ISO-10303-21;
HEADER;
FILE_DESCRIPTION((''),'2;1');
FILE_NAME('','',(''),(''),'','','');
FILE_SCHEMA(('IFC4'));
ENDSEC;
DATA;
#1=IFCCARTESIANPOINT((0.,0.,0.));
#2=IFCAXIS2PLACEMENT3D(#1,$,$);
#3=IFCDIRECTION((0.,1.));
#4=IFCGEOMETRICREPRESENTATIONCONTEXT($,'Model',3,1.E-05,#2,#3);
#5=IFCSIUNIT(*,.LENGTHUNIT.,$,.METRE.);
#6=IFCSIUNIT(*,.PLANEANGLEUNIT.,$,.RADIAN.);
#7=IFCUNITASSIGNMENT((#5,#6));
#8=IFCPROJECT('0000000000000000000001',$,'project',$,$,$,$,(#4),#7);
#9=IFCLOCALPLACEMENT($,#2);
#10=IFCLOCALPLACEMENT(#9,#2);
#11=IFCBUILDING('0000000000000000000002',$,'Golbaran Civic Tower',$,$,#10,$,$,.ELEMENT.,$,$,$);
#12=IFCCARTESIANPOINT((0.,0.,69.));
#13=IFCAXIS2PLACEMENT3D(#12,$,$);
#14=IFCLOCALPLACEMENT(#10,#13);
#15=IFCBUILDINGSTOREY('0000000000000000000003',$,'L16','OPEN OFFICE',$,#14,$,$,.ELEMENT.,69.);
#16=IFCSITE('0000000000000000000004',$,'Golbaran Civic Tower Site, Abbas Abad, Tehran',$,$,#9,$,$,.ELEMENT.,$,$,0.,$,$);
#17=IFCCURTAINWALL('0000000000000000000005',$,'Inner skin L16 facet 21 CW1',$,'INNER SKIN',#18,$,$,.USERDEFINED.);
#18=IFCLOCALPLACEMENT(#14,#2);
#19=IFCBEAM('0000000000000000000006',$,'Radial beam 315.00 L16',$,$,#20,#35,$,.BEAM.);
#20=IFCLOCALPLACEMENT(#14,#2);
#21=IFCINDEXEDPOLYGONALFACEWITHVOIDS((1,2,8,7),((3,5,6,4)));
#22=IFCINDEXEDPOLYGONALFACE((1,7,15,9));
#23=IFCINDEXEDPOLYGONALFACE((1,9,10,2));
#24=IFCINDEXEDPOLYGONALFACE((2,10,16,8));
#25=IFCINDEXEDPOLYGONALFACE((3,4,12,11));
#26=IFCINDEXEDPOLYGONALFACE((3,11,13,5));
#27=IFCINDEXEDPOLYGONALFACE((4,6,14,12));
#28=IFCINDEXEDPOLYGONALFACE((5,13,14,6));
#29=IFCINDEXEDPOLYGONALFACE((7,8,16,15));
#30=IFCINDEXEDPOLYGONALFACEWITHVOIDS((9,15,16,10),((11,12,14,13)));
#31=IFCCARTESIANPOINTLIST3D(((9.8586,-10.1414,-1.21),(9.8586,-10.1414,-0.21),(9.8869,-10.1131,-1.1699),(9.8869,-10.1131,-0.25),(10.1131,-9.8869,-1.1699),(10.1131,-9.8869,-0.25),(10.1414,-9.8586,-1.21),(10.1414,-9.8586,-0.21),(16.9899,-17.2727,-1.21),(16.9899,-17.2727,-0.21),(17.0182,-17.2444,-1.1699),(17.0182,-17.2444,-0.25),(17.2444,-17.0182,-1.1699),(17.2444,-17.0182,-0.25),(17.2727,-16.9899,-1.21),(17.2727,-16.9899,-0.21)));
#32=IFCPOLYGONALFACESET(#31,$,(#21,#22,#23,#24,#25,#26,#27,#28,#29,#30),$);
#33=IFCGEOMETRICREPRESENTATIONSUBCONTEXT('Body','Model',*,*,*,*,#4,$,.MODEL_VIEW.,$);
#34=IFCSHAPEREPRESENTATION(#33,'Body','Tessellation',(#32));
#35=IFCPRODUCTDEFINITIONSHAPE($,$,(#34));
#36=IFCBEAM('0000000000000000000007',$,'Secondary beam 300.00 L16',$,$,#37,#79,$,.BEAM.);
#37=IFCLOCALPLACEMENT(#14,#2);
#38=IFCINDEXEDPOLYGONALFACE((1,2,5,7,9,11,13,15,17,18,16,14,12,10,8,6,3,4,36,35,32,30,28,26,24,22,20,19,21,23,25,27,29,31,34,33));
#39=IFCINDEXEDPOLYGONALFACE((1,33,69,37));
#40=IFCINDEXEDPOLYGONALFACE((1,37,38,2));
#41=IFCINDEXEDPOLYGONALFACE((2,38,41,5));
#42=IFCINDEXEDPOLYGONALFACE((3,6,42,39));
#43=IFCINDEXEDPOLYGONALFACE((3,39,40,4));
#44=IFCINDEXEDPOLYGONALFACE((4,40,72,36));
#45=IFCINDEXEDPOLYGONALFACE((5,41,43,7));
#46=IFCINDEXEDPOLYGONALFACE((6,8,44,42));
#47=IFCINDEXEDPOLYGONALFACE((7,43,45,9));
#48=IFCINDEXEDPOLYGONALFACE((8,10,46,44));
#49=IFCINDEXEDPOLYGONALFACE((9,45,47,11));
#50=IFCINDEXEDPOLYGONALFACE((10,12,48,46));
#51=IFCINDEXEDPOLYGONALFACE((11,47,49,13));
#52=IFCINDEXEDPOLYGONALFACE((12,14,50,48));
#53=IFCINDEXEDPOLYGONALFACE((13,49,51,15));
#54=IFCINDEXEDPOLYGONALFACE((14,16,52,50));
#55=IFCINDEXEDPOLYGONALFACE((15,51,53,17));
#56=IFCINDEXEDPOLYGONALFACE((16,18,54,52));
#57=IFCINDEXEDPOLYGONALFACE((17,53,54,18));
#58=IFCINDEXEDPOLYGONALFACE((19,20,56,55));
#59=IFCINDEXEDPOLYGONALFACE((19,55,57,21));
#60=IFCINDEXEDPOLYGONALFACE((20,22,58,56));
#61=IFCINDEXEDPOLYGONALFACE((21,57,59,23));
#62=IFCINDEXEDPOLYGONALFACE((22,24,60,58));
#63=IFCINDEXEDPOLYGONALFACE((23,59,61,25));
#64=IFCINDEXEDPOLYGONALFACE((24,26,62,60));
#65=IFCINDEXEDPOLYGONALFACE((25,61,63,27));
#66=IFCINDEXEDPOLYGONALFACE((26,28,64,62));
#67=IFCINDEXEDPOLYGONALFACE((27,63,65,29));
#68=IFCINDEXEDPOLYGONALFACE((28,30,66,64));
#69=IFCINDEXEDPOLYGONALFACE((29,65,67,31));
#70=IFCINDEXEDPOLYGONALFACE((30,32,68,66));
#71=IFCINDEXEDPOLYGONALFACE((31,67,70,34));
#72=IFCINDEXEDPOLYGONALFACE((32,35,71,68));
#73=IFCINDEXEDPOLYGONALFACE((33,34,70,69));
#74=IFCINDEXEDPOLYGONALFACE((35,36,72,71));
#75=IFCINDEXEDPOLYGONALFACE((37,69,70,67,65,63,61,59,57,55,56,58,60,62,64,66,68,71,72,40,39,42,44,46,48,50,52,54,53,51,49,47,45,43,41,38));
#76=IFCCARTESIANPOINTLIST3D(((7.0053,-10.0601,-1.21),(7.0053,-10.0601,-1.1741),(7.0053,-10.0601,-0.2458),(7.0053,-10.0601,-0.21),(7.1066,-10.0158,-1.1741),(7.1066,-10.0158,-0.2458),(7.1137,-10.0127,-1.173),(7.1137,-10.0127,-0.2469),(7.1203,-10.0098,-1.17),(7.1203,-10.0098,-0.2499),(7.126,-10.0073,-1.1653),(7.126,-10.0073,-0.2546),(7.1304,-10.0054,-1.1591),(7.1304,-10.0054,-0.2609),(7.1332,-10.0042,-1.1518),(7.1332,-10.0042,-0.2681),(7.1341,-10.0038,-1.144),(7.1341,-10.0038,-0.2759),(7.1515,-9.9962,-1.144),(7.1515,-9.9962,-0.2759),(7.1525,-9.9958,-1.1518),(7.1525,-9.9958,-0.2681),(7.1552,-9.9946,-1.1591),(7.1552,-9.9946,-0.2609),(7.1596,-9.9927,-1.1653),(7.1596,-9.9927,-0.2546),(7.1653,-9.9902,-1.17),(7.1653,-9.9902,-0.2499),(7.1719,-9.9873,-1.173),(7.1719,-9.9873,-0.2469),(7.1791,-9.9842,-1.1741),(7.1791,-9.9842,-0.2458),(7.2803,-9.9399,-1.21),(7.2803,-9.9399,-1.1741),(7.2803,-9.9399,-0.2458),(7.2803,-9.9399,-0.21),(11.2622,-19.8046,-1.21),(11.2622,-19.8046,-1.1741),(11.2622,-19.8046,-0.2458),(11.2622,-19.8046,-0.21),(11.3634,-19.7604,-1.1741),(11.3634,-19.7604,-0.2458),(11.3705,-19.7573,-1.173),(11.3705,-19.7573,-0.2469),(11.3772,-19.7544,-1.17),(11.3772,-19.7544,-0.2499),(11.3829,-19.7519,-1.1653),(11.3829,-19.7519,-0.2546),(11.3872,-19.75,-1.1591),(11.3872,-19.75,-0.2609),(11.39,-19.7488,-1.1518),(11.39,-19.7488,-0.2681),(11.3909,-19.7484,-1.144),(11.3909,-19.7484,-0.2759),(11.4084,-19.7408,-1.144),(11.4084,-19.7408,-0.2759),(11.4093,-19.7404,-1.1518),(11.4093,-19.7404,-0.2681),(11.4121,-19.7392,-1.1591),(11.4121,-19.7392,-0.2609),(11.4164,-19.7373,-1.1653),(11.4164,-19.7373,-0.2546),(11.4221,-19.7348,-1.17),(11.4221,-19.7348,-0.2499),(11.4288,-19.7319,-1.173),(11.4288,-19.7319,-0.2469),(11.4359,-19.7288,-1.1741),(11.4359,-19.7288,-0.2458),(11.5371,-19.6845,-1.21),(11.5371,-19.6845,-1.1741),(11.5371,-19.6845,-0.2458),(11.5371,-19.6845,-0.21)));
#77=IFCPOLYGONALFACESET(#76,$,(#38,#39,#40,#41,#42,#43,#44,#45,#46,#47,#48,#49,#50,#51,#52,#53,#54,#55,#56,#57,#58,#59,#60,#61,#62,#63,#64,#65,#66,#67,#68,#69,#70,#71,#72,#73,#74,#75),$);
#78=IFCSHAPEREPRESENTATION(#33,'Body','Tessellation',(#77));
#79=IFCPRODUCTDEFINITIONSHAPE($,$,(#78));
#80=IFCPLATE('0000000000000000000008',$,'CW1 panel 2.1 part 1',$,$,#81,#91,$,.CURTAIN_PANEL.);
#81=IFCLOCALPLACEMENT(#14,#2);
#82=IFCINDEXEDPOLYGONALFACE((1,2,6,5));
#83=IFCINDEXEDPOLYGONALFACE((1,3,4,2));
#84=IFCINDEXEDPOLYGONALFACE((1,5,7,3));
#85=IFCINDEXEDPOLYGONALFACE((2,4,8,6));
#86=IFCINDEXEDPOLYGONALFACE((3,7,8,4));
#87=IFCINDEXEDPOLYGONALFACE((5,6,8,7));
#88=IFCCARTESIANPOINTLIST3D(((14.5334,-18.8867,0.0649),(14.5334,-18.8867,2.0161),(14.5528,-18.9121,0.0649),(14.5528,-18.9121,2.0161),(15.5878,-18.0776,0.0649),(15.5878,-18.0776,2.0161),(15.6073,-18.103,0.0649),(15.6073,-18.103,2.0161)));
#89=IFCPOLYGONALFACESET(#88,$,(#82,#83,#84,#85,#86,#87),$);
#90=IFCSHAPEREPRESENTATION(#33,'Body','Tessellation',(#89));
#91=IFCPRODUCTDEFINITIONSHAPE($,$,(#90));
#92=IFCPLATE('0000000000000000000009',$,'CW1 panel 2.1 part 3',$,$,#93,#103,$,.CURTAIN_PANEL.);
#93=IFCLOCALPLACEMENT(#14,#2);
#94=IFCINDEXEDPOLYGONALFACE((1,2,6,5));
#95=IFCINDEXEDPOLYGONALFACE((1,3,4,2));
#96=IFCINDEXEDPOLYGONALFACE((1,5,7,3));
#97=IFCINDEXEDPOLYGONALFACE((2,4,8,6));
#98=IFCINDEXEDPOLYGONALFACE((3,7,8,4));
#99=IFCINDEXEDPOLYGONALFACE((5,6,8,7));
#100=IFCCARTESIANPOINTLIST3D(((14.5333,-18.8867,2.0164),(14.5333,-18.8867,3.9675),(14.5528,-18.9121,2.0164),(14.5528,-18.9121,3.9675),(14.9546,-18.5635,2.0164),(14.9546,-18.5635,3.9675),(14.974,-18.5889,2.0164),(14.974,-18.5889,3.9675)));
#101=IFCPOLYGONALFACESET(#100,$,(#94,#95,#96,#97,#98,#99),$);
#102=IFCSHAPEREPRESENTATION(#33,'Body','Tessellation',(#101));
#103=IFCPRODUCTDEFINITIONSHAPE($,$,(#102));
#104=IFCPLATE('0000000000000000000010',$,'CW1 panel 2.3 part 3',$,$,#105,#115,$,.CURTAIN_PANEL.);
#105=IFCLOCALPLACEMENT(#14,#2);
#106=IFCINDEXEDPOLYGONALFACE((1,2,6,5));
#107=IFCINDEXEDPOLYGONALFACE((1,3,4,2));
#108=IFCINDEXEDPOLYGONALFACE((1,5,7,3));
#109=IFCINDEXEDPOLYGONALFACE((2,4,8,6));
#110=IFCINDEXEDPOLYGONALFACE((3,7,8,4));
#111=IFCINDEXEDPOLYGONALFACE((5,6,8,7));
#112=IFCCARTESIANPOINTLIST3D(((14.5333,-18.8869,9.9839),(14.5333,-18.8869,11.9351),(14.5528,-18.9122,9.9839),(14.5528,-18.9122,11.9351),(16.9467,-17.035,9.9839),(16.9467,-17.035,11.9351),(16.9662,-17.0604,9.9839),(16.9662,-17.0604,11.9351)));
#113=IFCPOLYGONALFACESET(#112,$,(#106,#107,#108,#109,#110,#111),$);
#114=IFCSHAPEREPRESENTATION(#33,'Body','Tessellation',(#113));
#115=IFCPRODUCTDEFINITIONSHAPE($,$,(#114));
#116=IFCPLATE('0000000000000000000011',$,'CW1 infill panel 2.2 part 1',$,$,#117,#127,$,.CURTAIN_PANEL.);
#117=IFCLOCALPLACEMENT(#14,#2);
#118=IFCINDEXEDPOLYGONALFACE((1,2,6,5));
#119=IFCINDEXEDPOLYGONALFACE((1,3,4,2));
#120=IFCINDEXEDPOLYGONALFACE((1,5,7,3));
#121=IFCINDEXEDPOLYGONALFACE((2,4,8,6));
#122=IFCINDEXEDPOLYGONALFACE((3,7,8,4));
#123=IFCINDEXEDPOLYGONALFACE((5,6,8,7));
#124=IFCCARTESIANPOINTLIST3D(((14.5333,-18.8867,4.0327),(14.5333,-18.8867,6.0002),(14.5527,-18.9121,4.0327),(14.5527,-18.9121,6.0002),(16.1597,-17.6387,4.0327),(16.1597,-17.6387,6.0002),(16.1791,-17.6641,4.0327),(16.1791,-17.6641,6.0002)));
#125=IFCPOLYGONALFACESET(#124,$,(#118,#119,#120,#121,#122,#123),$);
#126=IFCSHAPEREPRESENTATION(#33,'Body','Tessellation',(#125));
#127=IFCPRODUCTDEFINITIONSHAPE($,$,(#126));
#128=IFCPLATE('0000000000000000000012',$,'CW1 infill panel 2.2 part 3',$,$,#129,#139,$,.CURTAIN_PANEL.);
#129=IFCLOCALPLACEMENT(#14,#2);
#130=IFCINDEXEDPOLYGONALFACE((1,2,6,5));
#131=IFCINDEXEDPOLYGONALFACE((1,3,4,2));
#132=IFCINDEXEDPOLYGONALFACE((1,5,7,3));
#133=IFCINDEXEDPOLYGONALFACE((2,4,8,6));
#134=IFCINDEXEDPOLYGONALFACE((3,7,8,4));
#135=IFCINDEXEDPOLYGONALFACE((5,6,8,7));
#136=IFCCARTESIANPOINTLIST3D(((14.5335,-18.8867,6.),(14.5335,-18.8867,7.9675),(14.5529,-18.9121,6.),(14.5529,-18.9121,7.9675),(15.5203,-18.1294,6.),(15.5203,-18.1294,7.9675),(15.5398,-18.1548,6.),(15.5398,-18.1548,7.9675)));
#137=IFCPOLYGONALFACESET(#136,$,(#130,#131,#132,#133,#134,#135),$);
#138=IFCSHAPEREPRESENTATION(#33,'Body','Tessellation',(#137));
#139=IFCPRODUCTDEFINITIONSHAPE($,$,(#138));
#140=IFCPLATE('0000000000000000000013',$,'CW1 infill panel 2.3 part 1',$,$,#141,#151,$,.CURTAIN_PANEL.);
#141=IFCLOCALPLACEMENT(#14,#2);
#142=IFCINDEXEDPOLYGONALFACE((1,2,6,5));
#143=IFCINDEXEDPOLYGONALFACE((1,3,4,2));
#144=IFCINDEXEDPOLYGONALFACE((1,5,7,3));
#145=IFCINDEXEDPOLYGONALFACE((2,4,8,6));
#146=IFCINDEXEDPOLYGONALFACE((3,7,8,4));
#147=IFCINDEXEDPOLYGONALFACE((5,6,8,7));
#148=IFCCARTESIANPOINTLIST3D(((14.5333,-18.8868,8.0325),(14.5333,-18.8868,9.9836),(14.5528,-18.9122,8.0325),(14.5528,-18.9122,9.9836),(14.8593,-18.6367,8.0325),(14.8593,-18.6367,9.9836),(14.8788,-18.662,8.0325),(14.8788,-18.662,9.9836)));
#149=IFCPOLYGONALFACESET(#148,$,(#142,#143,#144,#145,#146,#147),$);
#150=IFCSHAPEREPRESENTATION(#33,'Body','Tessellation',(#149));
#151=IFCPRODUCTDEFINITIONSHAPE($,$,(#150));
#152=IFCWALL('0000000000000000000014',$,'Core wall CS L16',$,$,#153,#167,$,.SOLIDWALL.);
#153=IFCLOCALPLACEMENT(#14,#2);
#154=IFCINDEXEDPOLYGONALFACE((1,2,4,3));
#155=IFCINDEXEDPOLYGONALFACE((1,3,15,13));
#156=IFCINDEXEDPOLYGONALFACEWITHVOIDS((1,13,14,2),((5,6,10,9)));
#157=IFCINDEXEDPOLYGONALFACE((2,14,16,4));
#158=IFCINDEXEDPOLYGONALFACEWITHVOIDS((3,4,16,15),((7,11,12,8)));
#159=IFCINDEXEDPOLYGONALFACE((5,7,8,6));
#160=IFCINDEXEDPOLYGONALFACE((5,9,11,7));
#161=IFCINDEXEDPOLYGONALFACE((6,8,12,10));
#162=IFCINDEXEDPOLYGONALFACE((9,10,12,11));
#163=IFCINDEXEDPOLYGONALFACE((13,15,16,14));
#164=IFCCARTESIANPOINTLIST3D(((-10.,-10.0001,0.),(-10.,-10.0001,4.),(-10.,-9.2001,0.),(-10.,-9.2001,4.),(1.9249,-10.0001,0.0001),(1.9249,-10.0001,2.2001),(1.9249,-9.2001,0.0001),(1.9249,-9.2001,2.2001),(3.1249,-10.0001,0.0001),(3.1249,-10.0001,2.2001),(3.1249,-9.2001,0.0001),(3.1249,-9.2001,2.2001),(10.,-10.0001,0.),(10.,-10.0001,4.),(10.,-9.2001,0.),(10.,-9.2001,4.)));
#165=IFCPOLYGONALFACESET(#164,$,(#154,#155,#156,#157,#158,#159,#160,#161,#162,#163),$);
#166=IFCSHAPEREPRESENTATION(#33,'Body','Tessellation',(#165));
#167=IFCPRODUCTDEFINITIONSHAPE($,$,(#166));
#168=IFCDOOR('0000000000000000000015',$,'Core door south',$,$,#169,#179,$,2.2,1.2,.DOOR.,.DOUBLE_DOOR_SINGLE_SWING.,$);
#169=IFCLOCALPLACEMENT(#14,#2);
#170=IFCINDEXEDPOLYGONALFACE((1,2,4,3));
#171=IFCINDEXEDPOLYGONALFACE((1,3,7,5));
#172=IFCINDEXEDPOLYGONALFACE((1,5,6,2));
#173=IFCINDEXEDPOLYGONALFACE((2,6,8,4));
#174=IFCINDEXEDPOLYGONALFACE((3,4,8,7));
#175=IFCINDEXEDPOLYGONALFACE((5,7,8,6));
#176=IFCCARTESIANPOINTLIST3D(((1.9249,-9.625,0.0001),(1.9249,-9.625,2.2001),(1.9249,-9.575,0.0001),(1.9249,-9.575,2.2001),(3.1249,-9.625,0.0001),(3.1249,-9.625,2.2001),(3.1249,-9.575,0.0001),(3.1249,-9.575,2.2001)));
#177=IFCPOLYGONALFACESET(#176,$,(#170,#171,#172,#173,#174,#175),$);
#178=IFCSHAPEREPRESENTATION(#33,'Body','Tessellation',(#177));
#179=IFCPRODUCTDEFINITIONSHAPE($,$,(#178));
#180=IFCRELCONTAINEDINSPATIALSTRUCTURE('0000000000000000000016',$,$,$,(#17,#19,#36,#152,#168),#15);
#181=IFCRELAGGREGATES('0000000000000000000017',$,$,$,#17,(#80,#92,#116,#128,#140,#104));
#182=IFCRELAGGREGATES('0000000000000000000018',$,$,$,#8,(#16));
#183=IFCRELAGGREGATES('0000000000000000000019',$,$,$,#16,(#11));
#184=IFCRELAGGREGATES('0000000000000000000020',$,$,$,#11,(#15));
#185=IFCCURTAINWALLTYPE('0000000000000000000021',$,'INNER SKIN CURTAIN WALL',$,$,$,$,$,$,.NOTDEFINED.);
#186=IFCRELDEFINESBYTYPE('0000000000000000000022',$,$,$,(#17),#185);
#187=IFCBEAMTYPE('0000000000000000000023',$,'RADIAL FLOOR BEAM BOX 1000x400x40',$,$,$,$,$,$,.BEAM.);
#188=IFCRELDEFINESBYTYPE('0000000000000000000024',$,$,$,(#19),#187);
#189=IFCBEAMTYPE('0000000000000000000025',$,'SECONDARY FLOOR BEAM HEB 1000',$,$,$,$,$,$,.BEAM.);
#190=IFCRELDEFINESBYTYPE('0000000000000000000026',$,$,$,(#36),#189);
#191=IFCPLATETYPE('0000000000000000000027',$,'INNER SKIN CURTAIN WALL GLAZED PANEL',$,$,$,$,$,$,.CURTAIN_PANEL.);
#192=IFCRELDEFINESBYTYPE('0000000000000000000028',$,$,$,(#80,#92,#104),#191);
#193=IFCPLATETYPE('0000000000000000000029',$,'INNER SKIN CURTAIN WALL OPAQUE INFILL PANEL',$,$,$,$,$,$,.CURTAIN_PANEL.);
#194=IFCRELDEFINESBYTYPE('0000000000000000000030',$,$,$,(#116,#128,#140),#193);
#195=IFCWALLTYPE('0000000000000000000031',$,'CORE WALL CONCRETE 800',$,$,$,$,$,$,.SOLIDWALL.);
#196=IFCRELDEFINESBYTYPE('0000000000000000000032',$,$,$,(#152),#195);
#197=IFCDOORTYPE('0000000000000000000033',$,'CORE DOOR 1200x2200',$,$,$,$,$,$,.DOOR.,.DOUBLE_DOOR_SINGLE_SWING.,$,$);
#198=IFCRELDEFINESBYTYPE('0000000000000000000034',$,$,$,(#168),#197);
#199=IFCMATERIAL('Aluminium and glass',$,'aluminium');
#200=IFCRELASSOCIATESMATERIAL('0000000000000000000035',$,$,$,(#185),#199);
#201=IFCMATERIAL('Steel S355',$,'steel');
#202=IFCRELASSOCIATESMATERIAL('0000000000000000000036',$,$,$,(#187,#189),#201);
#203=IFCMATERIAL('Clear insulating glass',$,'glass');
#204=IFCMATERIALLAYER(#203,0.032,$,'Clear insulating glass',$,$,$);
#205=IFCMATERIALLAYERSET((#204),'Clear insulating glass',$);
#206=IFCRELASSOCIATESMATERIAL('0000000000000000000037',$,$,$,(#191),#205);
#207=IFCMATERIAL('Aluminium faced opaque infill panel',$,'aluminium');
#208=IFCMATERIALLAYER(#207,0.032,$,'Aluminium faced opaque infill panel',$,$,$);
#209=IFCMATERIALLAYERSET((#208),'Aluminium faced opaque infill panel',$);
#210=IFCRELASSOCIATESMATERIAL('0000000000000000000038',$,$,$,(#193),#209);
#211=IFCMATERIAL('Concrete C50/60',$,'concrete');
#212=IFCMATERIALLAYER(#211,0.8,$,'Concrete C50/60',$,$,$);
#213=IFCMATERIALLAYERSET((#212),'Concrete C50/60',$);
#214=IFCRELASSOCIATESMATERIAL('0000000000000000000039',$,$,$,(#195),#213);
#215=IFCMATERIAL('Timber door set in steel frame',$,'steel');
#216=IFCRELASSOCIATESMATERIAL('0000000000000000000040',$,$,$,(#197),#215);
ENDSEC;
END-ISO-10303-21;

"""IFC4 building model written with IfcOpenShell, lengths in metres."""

from ifc_helpers import new_model, si_unit, direction, frame, frame_2d, origin, origin_2d, place, context, subcontext, project, spatial, rectangle, hollow_rectangle, i_section, extrude, material, layer, layer_set, material_profile, profile_set, type_object, element, fill, aggregate, save


model = new_model("IFC4")

# Units and contexts
model_context = context("Model", 3, precision=1e-05, world=origin(), true_north=direction((0.0, 1.0)))
body_context = subcontext(model_context, "Body", "Model", "MODEL_VIEW")
ifc_project = project(units=[si_unit("LENGTHUNIT", "METRE"), si_unit("PLANEANGLEUNIT", "RADIAN")], contexts=[model_context])

# Site, building, storey
site_placement = place(None, origin())
site = spatial("IfcSite", under=ifc_project, at=site_placement, Name="Golbaran Civic Tower Site, Abbas Abad, Tehran", CompositionType="ELEMENT", RefElevation=0.0)
building_placement = place(site_placement, origin())
building = spatial("IfcBuilding", under=site, at=building_placement, Name="Golbaran Civic Tower", CompositionType="ELEMENT")
storey_placement = place(building_placement, frame((0.0, 0.0, 69.0)))
storey = spatial("IfcBuildingStorey", under=building, at=storey_placement, Name="L16", Description="OPEN OFFICE", CompositionType="ELEMENT", Elevation=69.0)

# Shared definitions
ifc_material_1 = material(Name="Steel S355", Category="steel")

# Curtain wall
ifc_material_2 = material(Name="Aluminium and glass", Category="aluminium")
curtain_wall_type = type_object("IfcCurtainWallType", Name="INNER SKIN CURTAIN WALL", PredefinedType="NOTDEFINED", material=ifc_material_2)
curtain_wall_placement = place(storey_placement, origin())
curtain_wall = element("IfcCurtainWall", 1, at=curtain_wall_placement, inside=storey, type_object=curtain_wall_type, Name="Inner skin L16 facet 21 CW1", ObjectType="INNER SKIN", PredefinedType="USERDEFINED")

# Beams
ifc_material_profile_1 = material_profile(ifc_material_1, hollow_rectangle(XDim=0.3999, YDim=1.0, WallThickness=0.04, at=origin_2d()), Name="BOX 1000x400x40")
ifc_profile_set_1 = profile_set([ifc_material_profile_1], Name="Steel S355")
beam_type_1 = type_object("IfcBeamType", Name="RADIAL FLOOR BEAM BOX 1000x400x40", PredefinedType="BEAM", material=ifc_profile_set_1)
beam_1_placement = place(storey_placement, frame((10.0, -10.0, -0.71), z_axis=(0.707107, -0.707107, 0.0), x_axis=(0.707107, 0.707107, 0.0)))
element("IfcBeam", 2, at=beam_1_placement, inside=storey, type_object=beam_type_1, Name="Radial beam 315.00 L16", PredefinedType="BEAM", context=body_context, shape_type="SweptSolid", body=[
    extrude(hollow_rectangle(XDim=0.3999, YDim=1.0, WallThickness=0.04, at=origin_2d()), origin(), (0.0, 0.0, 1.0), 10.0852),
])
ifc_material_profile_2 = material_profile(ifc_material_1, i_section(OverallWidth=0.3, OverallDepth=1.0, WebThickness=0.019, FlangeThickness=0.0359, FilletRadius=0.03, at=origin_2d()), Name="HEB 1000")
ifc_profile_set_2 = profile_set([ifc_material_profile_2], Name="Steel S355")
beam_type_2 = type_object("IfcBeamType", Name="SECONDARY FLOOR BEAM HEB 1000", PredefinedType="BEAM", material=ifc_profile_set_2)
beam_2_placement = place(storey_placement, frame((7.1428, -10.0, -0.71), z_axis=(0.400311, -0.91638, 0.0), x_axis=(0.91638, 0.400311, 0.0)))
element("IfcBeam", 3, at=beam_2_placement, inside=storey, type_object=beam_type_2, Name="Secondary beam 300.00 L16", PredefinedType="BEAM", context=body_context, shape_type="SweptSolid", body=[
    extrude(i_section(OverallWidth=0.3, OverallDepth=1.0, WebThickness=0.019, FlangeThickness=0.0359, FilletRadius=0.03, at=origin_2d()), origin(), (0.0, 0.0, 1.0), 10.6338),
])

# Plates
ifc_material_3 = material(Name="Clear insulating glass", Category="glass")
ifc_layer_1 = layer(ifc_material_3, 0.032, Name="Clear insulating glass")
ifc_layer_set_1 = layer_set([ifc_layer_1], Name="Clear insulating glass")
plate_type_1 = type_object("IfcPlateType", Name="INNER SKIN CURTAIN WALL GLAZED PANEL", PredefinedType="CURTAIN_PANEL", material=ifc_layer_set_1)
plate_1_placement = place(storey_placement, frame((15.0703, -18.4949, 0.0649), z_axis=(0.0, 0.0, 1.0), x_axis=(0.793353, 0.608761, 0.0)))
plate_1 = element("IfcPlate", 4, at=plate_1_placement, type_object=plate_type_1, Name="CW1 panel 2.1 part 1", PredefinedType="CURTAIN_PANEL", context=body_context, shape_type="SweptSolid", body=[
    extrude(rectangle(XDim=1.3291, YDim=0.032, at=origin_2d()), origin(), (0.0, 0.0, 1.0), 1.9512),
])
plate_2_placement = place(storey_placement, frame((14.7537, -18.7378, 2.0164), z_axis=(0.0, 0.0, 1.0), x_axis=(0.793353, 0.608761, 0.0)))
plate_2 = element("IfcPlate", 5, at=plate_2_placement, type_object=plate_type_1, Name="CW1 panel 2.1 part 3", PredefinedType="CURTAIN_PANEL", context=body_context, shape_type="SweptSolid", body=[
    extrude(rectangle(XDim=0.531, YDim=0.032, at=origin_2d()), origin(), (0.0, 0.0, 1.0), 1.9512),
])
plate_3_placement = place(storey_placement, frame((15.7498, -17.9736, 9.9839), z_axis=(0.0, 0.0, 1.0), x_axis=(0.793353, 0.608761, 0.0)))
plate_3 = element("IfcPlate", 6, at=plate_3_placement, type_object=plate_type_1, Name="CW1 panel 2.3 part 3", PredefinedType="CURTAIN_PANEL", context=body_context, shape_type="SweptSolid", body=[
    extrude(rectangle(XDim=3.042, YDim=0.032, at=origin_2d()), origin(), (0.0, 0.0, 1.0), 1.9512),
])
ifc_material_4 = material(Name="Aluminium faced opaque infill panel", Category="aluminium")
ifc_layer_2 = layer(ifc_material_4, 0.032, Name="Aluminium faced opaque infill panel")
ifc_layer_set_2 = layer_set([ifc_layer_2], Name="Aluminium faced opaque infill panel")
plate_type_2 = type_object("IfcPlateType", Name="INNER SKIN CURTAIN WALL OPAQUE INFILL PANEL", PredefinedType="CURTAIN_PANEL", material=ifc_layer_set_2)
plate_4_placement = place(storey_placement, frame((15.3562, -18.2754, 4.0327), z_axis=(0.0, 0.0, 1.0), x_axis=(0.793353, 0.608761, 0.0)))
plate_4 = element("IfcPlate", 7, at=plate_4_placement, type_object=plate_type_2, Name="CW1 infill panel 2.2 part 1", PredefinedType="CURTAIN_PANEL", context=body_context, shape_type="SweptSolid", body=[
    extrude(rectangle(XDim=2.05, YDim=0.032, at=origin_2d()), origin(), (0.0, 0.0, 1.0), 1.9675),
])
plate_5_placement = place(storey_placement, frame((15.0366, -18.5208, 6.0), z_axis=(0.0, 0.0, 1.0), x_axis=(0.793353, 0.608761, 0.0)))
plate_5 = element("IfcPlate", 8, at=plate_5_placement, type_object=plate_type_2, Name="CW1 infill panel 2.2 part 3", PredefinedType="CURTAIN_PANEL", context=body_context, shape_type="SweptSolid", body=[
    extrude(rectangle(XDim=1.2439, YDim=0.032, at=origin_2d()), origin(), (0.0, 0.0, 1.0), 1.9675),
])
plate_6_placement = place(storey_placement, frame((14.7061, -18.7744, 8.0325), z_axis=(0.0, 0.0, 1.0), x_axis=(0.793353, 0.608761, 0.0)))
plate_6 = element("IfcPlate", 9, at=plate_6_placement, type_object=plate_type_2, Name="CW1 infill panel 2.3 part 1", PredefinedType="CURTAIN_PANEL", context=body_context, shape_type="SweptSolid", body=[
    extrude(rectangle(XDim=0.4109, YDim=0.032, at=origin_2d()), origin(), (0.0, 0.0, 1.0), 1.9512),
])
aggregate(curtain_wall, [plate_1, plate_2, plate_4, plate_5, plate_6, plate_3])

# Wall, opening, door
ifc_material_5 = material(Name="Concrete C50/60", Category="concrete")
ifc_layer_3 = layer(ifc_material_5, 0.8, Name="Concrete C50/60")
ifc_layer_set_3 = layer_set([ifc_layer_3], Name="Concrete C50/60")
wall_type_1 = type_object("IfcWallType", Name="CORE WALL CONCRETE 800", PredefinedType="SOLIDWALL", material=ifc_layer_set_3)
wall_1_placement = place(storey_placement, frame((10.0, -9.6001, 0.0), z_axis=(0.0, 0.0, 1.0), x_axis=(-1.0, 0.0, 0.0)))
wall_1 = element("IfcWall", 10, at=wall_1_placement, inside=storey, type_object=wall_type_1, Name="Core wall CS L16", PredefinedType="SOLIDWALL", context=body_context, shape_type="SweptSolid", body=[
    extrude(rectangle(XDim=20.0, YDim=0.8, at=frame_2d((10.0, 0.0))), origin(), (0.0, 0.0, 1.0), 4.0),
])
opening_1_placement = place(wall_1_placement, frame((6.875, 0.0, 0.0)))
opening_1 = element("IfcOpeningElement", 11, at=opening_1_placement, cuts=wall_1, PredefinedType="OPENING", context=body_context, shape_type="SweptSolid", body=[
    extrude(rectangle(XDim=1.2, YDim=2.2, at=frame_2d((0.6001, 1.1001))), frame((0.0, 0.4099, 0.0), z_axis=(0.0, -1.0, 0.0), x_axis=(1.0, 0.0, 0.0)), (0.0, 0.0, 1.0), 0.8201),
])
ifc_material_6 = material(Name="Timber door set in steel frame", Category="steel")
door_type_1 = type_object("IfcDoorType", Name="CORE DOOR 1200x2200", OperationType="DOUBLE_DOOR_SINGLE_SWING", PredefinedType="DOOR", material=ifc_material_6)
door_1_placement = place(opening_1_placement, origin())
door_1 = element("IfcDoor", 12, at=door_1_placement, inside=storey, type_object=door_type_1, Name="Core door south", OperationType="DOUBLE_DOOR_SINGLE_SWING", OverallHeight=2.2, OverallWidth=1.2, PredefinedType="DOOR", context=body_context, shape_type="SweptSolid", body=[
    extrude(rectangle(XDim=1.2, YDim=2.2, at=frame_2d((0.6001, 1.1001))), frame((0.0, 0.0249, 0.0), z_axis=(0.0, -1.0, 0.0), x_axis=(1.0, 0.0, 0.0)), (0.0, 0.0, 1.0), 0.05),
])
fill(opening_1, door_1)

save(model, "model.ifc")
